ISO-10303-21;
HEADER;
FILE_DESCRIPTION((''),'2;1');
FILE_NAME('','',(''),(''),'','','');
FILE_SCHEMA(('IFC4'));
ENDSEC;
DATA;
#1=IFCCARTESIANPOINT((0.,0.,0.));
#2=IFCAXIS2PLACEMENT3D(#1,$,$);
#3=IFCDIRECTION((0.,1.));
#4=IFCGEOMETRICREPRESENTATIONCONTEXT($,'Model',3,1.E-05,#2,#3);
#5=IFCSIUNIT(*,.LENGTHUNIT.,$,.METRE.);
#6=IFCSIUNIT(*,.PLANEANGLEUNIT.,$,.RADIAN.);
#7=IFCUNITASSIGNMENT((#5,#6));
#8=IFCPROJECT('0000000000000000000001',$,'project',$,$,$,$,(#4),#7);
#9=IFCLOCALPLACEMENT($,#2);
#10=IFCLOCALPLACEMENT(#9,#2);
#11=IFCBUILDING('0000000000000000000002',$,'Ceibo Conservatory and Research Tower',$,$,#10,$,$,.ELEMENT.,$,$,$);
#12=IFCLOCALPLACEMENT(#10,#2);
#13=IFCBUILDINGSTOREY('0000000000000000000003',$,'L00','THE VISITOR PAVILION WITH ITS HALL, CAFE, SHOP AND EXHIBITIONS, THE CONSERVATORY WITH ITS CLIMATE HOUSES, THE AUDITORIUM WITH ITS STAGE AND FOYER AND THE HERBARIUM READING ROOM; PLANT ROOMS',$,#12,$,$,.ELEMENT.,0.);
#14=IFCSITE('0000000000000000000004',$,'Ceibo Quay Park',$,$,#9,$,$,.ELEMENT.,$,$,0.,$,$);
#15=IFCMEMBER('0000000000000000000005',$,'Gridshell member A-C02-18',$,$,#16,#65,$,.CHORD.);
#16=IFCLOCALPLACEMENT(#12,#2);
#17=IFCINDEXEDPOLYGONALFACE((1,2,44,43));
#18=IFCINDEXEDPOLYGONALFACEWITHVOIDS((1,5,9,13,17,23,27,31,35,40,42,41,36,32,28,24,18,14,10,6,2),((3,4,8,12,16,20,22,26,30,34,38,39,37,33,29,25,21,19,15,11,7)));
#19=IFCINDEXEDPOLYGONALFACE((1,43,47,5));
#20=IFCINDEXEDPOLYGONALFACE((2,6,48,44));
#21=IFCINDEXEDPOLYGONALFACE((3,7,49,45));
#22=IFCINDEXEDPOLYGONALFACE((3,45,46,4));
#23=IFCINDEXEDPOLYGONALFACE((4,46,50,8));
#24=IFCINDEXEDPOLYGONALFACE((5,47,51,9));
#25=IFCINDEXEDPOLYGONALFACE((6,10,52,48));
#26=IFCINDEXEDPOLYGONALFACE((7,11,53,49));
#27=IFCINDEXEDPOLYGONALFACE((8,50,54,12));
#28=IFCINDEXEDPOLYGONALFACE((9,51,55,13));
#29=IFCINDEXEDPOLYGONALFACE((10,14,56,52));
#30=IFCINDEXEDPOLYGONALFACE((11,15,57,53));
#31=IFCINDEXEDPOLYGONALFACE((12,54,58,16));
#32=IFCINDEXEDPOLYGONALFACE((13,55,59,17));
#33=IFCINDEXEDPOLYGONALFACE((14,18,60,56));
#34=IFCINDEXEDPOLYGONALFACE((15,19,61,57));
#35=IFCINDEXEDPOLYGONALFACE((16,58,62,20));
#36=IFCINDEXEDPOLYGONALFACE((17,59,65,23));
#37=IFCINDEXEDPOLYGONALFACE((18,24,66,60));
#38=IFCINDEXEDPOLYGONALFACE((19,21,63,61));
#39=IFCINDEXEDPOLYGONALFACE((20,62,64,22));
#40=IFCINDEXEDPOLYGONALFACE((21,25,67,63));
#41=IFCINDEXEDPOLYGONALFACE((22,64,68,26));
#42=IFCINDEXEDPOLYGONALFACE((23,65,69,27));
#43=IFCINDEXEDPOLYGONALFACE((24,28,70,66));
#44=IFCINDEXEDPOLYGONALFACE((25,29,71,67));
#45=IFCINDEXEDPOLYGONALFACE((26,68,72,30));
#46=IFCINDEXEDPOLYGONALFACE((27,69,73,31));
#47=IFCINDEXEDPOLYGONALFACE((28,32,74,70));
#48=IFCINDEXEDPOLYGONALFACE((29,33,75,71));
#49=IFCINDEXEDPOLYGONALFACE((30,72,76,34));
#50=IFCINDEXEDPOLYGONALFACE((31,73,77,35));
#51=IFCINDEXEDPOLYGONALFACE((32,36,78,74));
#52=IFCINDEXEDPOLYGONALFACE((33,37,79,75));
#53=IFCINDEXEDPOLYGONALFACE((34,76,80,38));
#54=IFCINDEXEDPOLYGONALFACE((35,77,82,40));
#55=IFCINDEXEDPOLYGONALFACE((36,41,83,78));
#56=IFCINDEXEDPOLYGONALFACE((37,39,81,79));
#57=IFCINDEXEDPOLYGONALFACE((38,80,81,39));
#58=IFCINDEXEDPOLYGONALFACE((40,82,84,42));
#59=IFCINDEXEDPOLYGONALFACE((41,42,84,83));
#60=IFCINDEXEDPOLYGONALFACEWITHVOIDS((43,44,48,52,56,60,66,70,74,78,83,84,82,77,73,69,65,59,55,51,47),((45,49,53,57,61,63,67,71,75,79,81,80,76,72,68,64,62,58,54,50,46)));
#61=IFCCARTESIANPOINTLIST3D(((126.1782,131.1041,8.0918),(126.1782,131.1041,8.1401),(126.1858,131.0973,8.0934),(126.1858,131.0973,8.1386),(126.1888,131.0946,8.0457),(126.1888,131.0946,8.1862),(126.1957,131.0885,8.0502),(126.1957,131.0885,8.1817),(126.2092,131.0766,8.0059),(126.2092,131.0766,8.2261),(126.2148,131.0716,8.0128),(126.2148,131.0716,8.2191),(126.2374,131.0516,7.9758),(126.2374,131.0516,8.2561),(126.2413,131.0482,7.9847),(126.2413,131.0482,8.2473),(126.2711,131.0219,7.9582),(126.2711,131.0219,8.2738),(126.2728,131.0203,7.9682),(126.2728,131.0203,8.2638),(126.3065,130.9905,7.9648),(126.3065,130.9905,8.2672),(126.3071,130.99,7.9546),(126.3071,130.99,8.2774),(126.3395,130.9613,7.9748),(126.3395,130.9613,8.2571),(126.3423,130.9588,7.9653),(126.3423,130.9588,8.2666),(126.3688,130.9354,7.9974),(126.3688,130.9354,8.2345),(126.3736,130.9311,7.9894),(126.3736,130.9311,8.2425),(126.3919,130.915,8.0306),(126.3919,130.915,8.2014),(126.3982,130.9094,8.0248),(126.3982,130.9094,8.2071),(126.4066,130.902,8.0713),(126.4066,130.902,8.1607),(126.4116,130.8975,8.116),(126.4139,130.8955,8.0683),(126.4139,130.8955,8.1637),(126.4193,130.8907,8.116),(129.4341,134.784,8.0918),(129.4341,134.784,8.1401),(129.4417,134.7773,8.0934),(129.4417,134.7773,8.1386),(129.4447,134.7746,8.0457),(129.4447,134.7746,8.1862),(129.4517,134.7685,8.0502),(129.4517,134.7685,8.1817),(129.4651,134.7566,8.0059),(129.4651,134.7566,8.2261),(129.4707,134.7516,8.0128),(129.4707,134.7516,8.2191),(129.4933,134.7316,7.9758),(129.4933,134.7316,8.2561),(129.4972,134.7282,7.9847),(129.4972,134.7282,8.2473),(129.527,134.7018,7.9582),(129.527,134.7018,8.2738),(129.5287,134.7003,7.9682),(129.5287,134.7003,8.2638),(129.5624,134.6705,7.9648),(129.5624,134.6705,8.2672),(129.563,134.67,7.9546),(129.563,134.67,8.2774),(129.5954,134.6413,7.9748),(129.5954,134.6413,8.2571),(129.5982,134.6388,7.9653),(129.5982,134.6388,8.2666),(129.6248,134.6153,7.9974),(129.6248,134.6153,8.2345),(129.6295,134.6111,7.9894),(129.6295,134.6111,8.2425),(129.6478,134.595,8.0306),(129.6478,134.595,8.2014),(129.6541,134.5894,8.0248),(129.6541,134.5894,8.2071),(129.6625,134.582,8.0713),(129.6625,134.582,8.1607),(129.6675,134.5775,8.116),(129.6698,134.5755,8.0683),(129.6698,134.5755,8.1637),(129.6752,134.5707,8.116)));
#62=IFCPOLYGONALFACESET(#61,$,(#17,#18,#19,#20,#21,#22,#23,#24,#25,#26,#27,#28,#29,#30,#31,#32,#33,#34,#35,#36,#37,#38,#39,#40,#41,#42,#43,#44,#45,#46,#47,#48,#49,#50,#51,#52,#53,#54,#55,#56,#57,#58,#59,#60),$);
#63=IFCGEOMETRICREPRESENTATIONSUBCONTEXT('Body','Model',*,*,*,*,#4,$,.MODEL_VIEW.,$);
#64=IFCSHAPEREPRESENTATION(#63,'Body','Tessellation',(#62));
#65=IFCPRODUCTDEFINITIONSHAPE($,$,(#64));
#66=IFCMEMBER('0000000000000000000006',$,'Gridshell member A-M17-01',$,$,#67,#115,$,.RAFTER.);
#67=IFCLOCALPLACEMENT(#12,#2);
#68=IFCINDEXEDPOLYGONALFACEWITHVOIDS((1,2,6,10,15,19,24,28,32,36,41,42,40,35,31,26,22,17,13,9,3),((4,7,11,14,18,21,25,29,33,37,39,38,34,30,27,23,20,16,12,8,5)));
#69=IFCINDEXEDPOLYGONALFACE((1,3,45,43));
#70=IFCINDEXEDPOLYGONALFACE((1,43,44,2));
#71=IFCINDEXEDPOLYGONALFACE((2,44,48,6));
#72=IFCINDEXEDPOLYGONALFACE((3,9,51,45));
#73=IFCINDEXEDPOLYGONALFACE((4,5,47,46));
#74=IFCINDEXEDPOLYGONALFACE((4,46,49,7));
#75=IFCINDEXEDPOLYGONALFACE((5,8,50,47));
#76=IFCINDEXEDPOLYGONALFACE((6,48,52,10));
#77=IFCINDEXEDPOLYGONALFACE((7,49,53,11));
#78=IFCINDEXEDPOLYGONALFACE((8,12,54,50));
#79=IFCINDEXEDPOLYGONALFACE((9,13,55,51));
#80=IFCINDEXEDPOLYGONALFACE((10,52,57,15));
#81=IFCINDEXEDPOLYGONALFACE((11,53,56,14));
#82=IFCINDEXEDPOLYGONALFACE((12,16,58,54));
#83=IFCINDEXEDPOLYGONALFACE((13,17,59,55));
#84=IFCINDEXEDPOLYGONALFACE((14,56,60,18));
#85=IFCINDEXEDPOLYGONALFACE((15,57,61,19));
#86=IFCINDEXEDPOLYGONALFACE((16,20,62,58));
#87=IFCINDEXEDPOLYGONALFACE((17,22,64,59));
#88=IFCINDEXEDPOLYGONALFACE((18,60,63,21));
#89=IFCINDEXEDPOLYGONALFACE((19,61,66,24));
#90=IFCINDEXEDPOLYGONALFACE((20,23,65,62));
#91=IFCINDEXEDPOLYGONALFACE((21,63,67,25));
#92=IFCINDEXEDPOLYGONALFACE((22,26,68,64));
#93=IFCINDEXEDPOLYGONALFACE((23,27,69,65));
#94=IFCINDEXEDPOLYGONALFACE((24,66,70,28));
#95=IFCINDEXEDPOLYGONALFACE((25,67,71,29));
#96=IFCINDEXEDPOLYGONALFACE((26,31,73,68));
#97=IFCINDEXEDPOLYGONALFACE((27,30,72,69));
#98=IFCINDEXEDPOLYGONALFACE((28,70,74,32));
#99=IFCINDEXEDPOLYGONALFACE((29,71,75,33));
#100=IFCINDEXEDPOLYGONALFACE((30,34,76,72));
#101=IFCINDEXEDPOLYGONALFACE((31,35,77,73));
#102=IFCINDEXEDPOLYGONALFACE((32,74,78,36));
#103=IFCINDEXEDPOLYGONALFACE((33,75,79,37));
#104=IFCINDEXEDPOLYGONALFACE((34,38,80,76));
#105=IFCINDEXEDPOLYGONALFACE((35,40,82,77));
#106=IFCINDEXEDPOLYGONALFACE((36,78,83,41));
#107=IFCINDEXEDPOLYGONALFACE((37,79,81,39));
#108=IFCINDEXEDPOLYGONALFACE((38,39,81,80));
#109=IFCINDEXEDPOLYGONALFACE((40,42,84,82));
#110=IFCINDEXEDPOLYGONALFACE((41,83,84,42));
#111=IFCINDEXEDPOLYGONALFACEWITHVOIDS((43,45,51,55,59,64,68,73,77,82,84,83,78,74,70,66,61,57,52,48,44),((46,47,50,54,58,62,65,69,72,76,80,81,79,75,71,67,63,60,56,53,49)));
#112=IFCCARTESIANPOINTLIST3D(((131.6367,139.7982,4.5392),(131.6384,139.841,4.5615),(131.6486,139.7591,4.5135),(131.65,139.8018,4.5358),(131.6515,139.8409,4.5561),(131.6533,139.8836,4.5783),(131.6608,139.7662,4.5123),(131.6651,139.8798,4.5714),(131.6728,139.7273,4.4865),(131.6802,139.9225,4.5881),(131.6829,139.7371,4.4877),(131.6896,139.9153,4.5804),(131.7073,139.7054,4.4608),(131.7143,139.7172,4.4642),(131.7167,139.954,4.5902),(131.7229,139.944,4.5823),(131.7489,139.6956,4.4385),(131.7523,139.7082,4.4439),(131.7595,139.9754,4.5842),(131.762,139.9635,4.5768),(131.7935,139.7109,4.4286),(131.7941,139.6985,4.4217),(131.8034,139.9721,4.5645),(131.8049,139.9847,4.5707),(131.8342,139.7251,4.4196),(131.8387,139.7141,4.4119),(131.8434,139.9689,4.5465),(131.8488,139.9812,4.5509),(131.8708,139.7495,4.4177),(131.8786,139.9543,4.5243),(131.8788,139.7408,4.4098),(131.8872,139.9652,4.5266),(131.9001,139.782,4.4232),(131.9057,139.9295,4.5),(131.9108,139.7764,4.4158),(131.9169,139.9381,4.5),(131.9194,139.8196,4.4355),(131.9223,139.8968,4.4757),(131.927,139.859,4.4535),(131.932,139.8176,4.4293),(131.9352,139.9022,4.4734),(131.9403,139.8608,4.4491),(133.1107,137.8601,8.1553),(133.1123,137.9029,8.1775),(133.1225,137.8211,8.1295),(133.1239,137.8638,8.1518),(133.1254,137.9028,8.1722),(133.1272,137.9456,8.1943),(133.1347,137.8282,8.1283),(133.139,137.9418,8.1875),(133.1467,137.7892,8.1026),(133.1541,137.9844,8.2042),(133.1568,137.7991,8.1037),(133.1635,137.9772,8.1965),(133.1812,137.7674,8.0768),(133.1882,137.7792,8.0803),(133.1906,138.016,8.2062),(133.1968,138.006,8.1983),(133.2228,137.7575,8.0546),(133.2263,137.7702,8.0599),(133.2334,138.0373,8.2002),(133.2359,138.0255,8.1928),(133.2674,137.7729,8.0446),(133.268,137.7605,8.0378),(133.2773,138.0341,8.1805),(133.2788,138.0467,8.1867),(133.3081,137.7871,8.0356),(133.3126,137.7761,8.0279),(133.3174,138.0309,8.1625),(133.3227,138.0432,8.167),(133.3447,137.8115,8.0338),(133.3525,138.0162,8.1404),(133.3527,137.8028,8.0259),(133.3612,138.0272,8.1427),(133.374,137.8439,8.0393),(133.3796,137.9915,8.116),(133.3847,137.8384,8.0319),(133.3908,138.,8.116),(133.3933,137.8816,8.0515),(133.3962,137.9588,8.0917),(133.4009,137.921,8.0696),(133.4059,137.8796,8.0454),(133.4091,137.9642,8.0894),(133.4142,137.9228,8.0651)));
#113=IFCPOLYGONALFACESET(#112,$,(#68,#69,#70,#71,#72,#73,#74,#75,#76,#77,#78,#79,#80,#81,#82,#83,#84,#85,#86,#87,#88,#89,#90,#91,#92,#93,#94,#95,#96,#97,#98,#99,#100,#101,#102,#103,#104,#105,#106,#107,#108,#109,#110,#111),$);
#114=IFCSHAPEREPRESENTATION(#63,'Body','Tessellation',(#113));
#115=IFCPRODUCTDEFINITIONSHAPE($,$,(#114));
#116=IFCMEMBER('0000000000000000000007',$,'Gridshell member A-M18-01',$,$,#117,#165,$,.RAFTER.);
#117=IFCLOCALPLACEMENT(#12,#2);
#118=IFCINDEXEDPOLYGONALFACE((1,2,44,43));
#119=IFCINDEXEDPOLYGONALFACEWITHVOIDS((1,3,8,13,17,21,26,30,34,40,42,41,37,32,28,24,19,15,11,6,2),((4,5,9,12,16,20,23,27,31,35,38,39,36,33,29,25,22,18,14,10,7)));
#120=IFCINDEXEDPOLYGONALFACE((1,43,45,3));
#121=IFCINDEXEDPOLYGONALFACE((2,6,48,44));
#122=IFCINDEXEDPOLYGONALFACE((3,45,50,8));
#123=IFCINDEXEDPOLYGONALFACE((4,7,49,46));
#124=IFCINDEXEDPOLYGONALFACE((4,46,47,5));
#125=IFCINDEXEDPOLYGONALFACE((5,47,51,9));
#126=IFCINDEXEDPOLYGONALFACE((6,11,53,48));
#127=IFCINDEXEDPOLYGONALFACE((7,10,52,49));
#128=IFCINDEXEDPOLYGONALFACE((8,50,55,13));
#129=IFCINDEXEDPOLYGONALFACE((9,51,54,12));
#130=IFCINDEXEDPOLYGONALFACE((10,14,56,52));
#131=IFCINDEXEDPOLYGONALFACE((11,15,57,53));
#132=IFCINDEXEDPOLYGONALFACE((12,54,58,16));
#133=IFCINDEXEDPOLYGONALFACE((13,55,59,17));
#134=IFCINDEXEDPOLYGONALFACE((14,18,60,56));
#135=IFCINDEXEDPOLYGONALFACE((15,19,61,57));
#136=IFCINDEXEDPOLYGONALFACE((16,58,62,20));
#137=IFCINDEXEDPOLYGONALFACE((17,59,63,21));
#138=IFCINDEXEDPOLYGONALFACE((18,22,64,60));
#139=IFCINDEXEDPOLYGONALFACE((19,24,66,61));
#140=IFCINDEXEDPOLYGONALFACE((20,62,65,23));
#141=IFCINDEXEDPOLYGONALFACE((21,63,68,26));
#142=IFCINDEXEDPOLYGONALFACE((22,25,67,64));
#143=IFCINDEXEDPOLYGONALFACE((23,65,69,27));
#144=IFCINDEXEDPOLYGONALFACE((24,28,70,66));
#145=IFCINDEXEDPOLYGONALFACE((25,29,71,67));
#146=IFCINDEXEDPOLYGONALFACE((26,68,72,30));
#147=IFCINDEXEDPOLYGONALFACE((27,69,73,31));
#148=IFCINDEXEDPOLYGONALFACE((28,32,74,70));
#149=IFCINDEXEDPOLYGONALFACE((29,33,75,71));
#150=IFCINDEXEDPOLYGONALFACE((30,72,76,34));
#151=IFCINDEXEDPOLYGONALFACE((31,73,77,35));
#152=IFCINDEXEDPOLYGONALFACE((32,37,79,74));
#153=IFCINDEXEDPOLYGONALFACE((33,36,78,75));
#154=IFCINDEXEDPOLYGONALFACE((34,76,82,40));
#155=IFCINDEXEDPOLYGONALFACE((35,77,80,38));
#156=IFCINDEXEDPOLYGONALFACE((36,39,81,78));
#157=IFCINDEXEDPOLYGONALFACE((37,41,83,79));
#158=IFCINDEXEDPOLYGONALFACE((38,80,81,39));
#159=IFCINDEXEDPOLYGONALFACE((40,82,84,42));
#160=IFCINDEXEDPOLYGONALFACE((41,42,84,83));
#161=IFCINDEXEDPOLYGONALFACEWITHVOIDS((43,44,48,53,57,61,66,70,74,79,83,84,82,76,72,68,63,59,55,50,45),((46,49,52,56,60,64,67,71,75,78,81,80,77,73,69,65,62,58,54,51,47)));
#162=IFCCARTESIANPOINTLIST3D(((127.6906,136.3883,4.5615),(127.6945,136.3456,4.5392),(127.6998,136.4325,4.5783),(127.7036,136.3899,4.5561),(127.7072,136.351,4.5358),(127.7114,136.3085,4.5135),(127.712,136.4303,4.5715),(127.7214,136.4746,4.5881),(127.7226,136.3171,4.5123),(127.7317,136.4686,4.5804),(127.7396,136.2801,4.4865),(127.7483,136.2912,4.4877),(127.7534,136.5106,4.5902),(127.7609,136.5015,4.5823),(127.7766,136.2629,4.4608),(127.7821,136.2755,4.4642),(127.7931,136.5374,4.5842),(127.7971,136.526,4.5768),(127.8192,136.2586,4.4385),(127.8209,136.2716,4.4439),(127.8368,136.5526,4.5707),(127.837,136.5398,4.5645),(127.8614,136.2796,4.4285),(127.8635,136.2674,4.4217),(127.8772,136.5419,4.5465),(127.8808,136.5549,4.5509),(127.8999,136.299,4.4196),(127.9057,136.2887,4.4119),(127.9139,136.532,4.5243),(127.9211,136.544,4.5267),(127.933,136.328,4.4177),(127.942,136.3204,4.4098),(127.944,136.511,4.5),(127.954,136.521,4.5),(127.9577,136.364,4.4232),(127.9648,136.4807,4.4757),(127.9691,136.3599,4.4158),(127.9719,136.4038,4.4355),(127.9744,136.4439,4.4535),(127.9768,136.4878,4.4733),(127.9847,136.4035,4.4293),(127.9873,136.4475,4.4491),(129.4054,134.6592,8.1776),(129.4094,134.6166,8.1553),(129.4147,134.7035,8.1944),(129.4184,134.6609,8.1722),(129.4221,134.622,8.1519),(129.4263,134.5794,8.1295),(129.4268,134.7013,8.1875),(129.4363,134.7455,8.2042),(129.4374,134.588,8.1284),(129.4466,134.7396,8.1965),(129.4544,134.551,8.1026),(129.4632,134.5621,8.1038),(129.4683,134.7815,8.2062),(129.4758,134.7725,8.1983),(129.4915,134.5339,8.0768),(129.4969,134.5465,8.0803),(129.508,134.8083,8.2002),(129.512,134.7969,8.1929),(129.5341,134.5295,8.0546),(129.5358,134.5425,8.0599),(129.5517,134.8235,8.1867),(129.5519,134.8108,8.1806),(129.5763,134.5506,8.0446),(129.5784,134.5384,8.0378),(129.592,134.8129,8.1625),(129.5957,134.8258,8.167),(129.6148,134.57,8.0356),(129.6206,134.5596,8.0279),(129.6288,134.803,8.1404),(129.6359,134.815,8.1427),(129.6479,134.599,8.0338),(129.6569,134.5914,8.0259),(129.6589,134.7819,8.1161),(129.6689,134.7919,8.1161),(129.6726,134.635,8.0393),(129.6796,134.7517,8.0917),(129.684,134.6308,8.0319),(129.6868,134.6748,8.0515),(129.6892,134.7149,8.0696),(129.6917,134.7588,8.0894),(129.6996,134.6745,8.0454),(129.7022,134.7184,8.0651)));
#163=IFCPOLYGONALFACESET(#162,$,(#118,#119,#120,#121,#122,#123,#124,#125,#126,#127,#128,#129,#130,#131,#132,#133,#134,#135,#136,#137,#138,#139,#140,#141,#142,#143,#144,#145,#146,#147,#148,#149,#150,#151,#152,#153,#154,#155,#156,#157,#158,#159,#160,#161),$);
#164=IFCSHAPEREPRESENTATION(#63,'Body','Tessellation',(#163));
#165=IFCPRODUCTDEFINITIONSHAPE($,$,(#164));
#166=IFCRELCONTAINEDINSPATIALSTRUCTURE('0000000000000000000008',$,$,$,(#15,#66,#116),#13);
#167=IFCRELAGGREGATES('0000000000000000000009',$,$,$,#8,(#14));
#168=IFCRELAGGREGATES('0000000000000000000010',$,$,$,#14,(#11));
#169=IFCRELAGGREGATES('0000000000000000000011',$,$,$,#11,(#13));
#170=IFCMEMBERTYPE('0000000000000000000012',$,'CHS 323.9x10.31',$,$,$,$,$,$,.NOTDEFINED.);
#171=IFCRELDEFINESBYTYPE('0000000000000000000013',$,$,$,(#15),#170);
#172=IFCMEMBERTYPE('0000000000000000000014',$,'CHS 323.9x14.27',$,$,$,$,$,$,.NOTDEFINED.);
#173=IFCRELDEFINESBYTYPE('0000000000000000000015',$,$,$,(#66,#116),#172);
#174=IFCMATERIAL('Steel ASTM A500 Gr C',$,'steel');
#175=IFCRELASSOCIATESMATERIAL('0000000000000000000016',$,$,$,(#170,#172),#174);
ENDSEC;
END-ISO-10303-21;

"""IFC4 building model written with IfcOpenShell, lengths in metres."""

from ifc_helpers import new_model, si_unit, direction, frame, origin, origin_2d, place, context, subcontext, project, spatial, hollow_circle, extrude, material, material_profile, profile_set, type_object, element, save


model = new_model("IFC4")

# Units and contexts
model_context = context("Model", 3, precision=1e-05, world=origin(), true_north=direction((0.0, 1.0)))
body_context = subcontext(model_context, "Body", "Model", "MODEL_VIEW")
ifc_project = project(units=[si_unit("LENGTHUNIT", "METRE"), si_unit("PLANEANGLEUNIT", "RADIAN")], contexts=[model_context])

# Site, building, storey
site_placement = place(None, origin())
site = spatial("IfcSite", under=ifc_project, at=site_placement, Name="Ceibo Quay Park", CompositionType="ELEMENT", RefElevation=0.0)
building_placement = place(site_placement, origin())
building = spatial("IfcBuilding", under=site, at=building_placement, Name="Ceibo Conservatory and Research Tower", CompositionType="ELEMENT")
storey_placement = place(building_placement, origin())
storey = spatial("IfcBuildingStorey", under=building, at=storey_placement, Name="L00", Description="THE VISITOR PAVILION WITH ITS HALL, CAFE, SHOP AND EXHIBITIONS, THE CONSERVATORY WITH ITS CLIMATE HOUSES, THE AUDITORIUM WITH ITS STAGE AND FOYER AND THE HERBARIUM READING ROOM; PLANT ROOMS", CompositionType="ELEMENT", Elevation=0.0)

# Members
ifc_material_1 = material(Name="Steel ASTM A500 Gr C", Category="steel")
ifc_material_profile_1 = material_profile(ifc_material_1, hollow_circle(Radius=0.1619, WallThickness=0.0103, at=origin_2d()), Name="CHS 323.9x10.31")
ifc_profile_set_1 = profile_set([ifc_material_profile_1], Name="Steel ASTM A500 Gr C")
member_type_1 = type_object("IfcMemberType", Name="CHS 323.9x10.31", PredefinedType="NOTDEFINED", material=ifc_profile_set_1)
for number, where, z_axis, x_axis, name in (
    (1, (129.554, 134.678, 8.116), (-0.662635, -0.748943, 0.0), (0.748943, -0.662635, 0.0), "Gridshell member A-C02-18"),
):
    element("IfcMember", number, at=place(storey_placement, frame(where, z_axis=z_axis, x_axis=x_axis)), inside=storey, type_object=member_type_1, Name=name, PredefinedType="CHORD", context=body_context, shape_type="SweptSolid", body=[
        extrude(hollow_circle(Radius=0.1619, WallThickness=0.0103, at=origin_2d()), origin(), (0.0, 0.0, 1.0), 4.9136),
    ])
ifc_material_profile_2 = material_profile(ifc_material_1, hollow_circle(Radius=0.1619, WallThickness=0.0142, at=origin_2d()), Name="CHS 323.9x14.27")
ifc_profile_set_2 = profile_set([ifc_material_profile_2], Name="Steel ASTM A500 Gr C")
member_type_2 = type_object("IfcMemberType", Name="CHS 323.9x14.27", PredefinedType="NOTDEFINED", material=ifc_profile_set_2)
member_1_placement = place(storey_placement, frame((131.7881, 139.8401, 4.5), z_axis=(0.338101, -0.444566, 0.829487), x_axis=(0.795963, 0.605345, 0.0)))
element("IfcMember", 2, at=member_1_placement, inside=storey, type_object=member_type_2, Name="Gridshell member A-M17-01", PredefinedType="RAFTER", context=body_context, shape_type="SweptSolid", body=[
    extrude(hollow_circle(Radius=0.1619, WallThickness=0.0142, at=origin_2d()), origin(), (0.0, 0.0, 1.0), 4.3594),
])
member_2_placement = place(storey_placement, frame((127.8391, 136.407, 4.5), z_axis=(0.393357, -0.396605, 0.829443), x_axis=(0.710008, 0.704193, 0.0)))
element("IfcMember", 3, at=member_2_placement, inside=storey, type_object=member_type_2, Name="Gridshell member A-M18-01", PredefinedType="RAFTER", context=body_context, shape_type="SweptSolid", body=[
    extrude(hollow_circle(Radius=0.1619, WallThickness=0.0142, at=origin_2d()), origin(), (0.0, 0.0, 1.0), 4.3596),
])

save(model, "model.ifc")
